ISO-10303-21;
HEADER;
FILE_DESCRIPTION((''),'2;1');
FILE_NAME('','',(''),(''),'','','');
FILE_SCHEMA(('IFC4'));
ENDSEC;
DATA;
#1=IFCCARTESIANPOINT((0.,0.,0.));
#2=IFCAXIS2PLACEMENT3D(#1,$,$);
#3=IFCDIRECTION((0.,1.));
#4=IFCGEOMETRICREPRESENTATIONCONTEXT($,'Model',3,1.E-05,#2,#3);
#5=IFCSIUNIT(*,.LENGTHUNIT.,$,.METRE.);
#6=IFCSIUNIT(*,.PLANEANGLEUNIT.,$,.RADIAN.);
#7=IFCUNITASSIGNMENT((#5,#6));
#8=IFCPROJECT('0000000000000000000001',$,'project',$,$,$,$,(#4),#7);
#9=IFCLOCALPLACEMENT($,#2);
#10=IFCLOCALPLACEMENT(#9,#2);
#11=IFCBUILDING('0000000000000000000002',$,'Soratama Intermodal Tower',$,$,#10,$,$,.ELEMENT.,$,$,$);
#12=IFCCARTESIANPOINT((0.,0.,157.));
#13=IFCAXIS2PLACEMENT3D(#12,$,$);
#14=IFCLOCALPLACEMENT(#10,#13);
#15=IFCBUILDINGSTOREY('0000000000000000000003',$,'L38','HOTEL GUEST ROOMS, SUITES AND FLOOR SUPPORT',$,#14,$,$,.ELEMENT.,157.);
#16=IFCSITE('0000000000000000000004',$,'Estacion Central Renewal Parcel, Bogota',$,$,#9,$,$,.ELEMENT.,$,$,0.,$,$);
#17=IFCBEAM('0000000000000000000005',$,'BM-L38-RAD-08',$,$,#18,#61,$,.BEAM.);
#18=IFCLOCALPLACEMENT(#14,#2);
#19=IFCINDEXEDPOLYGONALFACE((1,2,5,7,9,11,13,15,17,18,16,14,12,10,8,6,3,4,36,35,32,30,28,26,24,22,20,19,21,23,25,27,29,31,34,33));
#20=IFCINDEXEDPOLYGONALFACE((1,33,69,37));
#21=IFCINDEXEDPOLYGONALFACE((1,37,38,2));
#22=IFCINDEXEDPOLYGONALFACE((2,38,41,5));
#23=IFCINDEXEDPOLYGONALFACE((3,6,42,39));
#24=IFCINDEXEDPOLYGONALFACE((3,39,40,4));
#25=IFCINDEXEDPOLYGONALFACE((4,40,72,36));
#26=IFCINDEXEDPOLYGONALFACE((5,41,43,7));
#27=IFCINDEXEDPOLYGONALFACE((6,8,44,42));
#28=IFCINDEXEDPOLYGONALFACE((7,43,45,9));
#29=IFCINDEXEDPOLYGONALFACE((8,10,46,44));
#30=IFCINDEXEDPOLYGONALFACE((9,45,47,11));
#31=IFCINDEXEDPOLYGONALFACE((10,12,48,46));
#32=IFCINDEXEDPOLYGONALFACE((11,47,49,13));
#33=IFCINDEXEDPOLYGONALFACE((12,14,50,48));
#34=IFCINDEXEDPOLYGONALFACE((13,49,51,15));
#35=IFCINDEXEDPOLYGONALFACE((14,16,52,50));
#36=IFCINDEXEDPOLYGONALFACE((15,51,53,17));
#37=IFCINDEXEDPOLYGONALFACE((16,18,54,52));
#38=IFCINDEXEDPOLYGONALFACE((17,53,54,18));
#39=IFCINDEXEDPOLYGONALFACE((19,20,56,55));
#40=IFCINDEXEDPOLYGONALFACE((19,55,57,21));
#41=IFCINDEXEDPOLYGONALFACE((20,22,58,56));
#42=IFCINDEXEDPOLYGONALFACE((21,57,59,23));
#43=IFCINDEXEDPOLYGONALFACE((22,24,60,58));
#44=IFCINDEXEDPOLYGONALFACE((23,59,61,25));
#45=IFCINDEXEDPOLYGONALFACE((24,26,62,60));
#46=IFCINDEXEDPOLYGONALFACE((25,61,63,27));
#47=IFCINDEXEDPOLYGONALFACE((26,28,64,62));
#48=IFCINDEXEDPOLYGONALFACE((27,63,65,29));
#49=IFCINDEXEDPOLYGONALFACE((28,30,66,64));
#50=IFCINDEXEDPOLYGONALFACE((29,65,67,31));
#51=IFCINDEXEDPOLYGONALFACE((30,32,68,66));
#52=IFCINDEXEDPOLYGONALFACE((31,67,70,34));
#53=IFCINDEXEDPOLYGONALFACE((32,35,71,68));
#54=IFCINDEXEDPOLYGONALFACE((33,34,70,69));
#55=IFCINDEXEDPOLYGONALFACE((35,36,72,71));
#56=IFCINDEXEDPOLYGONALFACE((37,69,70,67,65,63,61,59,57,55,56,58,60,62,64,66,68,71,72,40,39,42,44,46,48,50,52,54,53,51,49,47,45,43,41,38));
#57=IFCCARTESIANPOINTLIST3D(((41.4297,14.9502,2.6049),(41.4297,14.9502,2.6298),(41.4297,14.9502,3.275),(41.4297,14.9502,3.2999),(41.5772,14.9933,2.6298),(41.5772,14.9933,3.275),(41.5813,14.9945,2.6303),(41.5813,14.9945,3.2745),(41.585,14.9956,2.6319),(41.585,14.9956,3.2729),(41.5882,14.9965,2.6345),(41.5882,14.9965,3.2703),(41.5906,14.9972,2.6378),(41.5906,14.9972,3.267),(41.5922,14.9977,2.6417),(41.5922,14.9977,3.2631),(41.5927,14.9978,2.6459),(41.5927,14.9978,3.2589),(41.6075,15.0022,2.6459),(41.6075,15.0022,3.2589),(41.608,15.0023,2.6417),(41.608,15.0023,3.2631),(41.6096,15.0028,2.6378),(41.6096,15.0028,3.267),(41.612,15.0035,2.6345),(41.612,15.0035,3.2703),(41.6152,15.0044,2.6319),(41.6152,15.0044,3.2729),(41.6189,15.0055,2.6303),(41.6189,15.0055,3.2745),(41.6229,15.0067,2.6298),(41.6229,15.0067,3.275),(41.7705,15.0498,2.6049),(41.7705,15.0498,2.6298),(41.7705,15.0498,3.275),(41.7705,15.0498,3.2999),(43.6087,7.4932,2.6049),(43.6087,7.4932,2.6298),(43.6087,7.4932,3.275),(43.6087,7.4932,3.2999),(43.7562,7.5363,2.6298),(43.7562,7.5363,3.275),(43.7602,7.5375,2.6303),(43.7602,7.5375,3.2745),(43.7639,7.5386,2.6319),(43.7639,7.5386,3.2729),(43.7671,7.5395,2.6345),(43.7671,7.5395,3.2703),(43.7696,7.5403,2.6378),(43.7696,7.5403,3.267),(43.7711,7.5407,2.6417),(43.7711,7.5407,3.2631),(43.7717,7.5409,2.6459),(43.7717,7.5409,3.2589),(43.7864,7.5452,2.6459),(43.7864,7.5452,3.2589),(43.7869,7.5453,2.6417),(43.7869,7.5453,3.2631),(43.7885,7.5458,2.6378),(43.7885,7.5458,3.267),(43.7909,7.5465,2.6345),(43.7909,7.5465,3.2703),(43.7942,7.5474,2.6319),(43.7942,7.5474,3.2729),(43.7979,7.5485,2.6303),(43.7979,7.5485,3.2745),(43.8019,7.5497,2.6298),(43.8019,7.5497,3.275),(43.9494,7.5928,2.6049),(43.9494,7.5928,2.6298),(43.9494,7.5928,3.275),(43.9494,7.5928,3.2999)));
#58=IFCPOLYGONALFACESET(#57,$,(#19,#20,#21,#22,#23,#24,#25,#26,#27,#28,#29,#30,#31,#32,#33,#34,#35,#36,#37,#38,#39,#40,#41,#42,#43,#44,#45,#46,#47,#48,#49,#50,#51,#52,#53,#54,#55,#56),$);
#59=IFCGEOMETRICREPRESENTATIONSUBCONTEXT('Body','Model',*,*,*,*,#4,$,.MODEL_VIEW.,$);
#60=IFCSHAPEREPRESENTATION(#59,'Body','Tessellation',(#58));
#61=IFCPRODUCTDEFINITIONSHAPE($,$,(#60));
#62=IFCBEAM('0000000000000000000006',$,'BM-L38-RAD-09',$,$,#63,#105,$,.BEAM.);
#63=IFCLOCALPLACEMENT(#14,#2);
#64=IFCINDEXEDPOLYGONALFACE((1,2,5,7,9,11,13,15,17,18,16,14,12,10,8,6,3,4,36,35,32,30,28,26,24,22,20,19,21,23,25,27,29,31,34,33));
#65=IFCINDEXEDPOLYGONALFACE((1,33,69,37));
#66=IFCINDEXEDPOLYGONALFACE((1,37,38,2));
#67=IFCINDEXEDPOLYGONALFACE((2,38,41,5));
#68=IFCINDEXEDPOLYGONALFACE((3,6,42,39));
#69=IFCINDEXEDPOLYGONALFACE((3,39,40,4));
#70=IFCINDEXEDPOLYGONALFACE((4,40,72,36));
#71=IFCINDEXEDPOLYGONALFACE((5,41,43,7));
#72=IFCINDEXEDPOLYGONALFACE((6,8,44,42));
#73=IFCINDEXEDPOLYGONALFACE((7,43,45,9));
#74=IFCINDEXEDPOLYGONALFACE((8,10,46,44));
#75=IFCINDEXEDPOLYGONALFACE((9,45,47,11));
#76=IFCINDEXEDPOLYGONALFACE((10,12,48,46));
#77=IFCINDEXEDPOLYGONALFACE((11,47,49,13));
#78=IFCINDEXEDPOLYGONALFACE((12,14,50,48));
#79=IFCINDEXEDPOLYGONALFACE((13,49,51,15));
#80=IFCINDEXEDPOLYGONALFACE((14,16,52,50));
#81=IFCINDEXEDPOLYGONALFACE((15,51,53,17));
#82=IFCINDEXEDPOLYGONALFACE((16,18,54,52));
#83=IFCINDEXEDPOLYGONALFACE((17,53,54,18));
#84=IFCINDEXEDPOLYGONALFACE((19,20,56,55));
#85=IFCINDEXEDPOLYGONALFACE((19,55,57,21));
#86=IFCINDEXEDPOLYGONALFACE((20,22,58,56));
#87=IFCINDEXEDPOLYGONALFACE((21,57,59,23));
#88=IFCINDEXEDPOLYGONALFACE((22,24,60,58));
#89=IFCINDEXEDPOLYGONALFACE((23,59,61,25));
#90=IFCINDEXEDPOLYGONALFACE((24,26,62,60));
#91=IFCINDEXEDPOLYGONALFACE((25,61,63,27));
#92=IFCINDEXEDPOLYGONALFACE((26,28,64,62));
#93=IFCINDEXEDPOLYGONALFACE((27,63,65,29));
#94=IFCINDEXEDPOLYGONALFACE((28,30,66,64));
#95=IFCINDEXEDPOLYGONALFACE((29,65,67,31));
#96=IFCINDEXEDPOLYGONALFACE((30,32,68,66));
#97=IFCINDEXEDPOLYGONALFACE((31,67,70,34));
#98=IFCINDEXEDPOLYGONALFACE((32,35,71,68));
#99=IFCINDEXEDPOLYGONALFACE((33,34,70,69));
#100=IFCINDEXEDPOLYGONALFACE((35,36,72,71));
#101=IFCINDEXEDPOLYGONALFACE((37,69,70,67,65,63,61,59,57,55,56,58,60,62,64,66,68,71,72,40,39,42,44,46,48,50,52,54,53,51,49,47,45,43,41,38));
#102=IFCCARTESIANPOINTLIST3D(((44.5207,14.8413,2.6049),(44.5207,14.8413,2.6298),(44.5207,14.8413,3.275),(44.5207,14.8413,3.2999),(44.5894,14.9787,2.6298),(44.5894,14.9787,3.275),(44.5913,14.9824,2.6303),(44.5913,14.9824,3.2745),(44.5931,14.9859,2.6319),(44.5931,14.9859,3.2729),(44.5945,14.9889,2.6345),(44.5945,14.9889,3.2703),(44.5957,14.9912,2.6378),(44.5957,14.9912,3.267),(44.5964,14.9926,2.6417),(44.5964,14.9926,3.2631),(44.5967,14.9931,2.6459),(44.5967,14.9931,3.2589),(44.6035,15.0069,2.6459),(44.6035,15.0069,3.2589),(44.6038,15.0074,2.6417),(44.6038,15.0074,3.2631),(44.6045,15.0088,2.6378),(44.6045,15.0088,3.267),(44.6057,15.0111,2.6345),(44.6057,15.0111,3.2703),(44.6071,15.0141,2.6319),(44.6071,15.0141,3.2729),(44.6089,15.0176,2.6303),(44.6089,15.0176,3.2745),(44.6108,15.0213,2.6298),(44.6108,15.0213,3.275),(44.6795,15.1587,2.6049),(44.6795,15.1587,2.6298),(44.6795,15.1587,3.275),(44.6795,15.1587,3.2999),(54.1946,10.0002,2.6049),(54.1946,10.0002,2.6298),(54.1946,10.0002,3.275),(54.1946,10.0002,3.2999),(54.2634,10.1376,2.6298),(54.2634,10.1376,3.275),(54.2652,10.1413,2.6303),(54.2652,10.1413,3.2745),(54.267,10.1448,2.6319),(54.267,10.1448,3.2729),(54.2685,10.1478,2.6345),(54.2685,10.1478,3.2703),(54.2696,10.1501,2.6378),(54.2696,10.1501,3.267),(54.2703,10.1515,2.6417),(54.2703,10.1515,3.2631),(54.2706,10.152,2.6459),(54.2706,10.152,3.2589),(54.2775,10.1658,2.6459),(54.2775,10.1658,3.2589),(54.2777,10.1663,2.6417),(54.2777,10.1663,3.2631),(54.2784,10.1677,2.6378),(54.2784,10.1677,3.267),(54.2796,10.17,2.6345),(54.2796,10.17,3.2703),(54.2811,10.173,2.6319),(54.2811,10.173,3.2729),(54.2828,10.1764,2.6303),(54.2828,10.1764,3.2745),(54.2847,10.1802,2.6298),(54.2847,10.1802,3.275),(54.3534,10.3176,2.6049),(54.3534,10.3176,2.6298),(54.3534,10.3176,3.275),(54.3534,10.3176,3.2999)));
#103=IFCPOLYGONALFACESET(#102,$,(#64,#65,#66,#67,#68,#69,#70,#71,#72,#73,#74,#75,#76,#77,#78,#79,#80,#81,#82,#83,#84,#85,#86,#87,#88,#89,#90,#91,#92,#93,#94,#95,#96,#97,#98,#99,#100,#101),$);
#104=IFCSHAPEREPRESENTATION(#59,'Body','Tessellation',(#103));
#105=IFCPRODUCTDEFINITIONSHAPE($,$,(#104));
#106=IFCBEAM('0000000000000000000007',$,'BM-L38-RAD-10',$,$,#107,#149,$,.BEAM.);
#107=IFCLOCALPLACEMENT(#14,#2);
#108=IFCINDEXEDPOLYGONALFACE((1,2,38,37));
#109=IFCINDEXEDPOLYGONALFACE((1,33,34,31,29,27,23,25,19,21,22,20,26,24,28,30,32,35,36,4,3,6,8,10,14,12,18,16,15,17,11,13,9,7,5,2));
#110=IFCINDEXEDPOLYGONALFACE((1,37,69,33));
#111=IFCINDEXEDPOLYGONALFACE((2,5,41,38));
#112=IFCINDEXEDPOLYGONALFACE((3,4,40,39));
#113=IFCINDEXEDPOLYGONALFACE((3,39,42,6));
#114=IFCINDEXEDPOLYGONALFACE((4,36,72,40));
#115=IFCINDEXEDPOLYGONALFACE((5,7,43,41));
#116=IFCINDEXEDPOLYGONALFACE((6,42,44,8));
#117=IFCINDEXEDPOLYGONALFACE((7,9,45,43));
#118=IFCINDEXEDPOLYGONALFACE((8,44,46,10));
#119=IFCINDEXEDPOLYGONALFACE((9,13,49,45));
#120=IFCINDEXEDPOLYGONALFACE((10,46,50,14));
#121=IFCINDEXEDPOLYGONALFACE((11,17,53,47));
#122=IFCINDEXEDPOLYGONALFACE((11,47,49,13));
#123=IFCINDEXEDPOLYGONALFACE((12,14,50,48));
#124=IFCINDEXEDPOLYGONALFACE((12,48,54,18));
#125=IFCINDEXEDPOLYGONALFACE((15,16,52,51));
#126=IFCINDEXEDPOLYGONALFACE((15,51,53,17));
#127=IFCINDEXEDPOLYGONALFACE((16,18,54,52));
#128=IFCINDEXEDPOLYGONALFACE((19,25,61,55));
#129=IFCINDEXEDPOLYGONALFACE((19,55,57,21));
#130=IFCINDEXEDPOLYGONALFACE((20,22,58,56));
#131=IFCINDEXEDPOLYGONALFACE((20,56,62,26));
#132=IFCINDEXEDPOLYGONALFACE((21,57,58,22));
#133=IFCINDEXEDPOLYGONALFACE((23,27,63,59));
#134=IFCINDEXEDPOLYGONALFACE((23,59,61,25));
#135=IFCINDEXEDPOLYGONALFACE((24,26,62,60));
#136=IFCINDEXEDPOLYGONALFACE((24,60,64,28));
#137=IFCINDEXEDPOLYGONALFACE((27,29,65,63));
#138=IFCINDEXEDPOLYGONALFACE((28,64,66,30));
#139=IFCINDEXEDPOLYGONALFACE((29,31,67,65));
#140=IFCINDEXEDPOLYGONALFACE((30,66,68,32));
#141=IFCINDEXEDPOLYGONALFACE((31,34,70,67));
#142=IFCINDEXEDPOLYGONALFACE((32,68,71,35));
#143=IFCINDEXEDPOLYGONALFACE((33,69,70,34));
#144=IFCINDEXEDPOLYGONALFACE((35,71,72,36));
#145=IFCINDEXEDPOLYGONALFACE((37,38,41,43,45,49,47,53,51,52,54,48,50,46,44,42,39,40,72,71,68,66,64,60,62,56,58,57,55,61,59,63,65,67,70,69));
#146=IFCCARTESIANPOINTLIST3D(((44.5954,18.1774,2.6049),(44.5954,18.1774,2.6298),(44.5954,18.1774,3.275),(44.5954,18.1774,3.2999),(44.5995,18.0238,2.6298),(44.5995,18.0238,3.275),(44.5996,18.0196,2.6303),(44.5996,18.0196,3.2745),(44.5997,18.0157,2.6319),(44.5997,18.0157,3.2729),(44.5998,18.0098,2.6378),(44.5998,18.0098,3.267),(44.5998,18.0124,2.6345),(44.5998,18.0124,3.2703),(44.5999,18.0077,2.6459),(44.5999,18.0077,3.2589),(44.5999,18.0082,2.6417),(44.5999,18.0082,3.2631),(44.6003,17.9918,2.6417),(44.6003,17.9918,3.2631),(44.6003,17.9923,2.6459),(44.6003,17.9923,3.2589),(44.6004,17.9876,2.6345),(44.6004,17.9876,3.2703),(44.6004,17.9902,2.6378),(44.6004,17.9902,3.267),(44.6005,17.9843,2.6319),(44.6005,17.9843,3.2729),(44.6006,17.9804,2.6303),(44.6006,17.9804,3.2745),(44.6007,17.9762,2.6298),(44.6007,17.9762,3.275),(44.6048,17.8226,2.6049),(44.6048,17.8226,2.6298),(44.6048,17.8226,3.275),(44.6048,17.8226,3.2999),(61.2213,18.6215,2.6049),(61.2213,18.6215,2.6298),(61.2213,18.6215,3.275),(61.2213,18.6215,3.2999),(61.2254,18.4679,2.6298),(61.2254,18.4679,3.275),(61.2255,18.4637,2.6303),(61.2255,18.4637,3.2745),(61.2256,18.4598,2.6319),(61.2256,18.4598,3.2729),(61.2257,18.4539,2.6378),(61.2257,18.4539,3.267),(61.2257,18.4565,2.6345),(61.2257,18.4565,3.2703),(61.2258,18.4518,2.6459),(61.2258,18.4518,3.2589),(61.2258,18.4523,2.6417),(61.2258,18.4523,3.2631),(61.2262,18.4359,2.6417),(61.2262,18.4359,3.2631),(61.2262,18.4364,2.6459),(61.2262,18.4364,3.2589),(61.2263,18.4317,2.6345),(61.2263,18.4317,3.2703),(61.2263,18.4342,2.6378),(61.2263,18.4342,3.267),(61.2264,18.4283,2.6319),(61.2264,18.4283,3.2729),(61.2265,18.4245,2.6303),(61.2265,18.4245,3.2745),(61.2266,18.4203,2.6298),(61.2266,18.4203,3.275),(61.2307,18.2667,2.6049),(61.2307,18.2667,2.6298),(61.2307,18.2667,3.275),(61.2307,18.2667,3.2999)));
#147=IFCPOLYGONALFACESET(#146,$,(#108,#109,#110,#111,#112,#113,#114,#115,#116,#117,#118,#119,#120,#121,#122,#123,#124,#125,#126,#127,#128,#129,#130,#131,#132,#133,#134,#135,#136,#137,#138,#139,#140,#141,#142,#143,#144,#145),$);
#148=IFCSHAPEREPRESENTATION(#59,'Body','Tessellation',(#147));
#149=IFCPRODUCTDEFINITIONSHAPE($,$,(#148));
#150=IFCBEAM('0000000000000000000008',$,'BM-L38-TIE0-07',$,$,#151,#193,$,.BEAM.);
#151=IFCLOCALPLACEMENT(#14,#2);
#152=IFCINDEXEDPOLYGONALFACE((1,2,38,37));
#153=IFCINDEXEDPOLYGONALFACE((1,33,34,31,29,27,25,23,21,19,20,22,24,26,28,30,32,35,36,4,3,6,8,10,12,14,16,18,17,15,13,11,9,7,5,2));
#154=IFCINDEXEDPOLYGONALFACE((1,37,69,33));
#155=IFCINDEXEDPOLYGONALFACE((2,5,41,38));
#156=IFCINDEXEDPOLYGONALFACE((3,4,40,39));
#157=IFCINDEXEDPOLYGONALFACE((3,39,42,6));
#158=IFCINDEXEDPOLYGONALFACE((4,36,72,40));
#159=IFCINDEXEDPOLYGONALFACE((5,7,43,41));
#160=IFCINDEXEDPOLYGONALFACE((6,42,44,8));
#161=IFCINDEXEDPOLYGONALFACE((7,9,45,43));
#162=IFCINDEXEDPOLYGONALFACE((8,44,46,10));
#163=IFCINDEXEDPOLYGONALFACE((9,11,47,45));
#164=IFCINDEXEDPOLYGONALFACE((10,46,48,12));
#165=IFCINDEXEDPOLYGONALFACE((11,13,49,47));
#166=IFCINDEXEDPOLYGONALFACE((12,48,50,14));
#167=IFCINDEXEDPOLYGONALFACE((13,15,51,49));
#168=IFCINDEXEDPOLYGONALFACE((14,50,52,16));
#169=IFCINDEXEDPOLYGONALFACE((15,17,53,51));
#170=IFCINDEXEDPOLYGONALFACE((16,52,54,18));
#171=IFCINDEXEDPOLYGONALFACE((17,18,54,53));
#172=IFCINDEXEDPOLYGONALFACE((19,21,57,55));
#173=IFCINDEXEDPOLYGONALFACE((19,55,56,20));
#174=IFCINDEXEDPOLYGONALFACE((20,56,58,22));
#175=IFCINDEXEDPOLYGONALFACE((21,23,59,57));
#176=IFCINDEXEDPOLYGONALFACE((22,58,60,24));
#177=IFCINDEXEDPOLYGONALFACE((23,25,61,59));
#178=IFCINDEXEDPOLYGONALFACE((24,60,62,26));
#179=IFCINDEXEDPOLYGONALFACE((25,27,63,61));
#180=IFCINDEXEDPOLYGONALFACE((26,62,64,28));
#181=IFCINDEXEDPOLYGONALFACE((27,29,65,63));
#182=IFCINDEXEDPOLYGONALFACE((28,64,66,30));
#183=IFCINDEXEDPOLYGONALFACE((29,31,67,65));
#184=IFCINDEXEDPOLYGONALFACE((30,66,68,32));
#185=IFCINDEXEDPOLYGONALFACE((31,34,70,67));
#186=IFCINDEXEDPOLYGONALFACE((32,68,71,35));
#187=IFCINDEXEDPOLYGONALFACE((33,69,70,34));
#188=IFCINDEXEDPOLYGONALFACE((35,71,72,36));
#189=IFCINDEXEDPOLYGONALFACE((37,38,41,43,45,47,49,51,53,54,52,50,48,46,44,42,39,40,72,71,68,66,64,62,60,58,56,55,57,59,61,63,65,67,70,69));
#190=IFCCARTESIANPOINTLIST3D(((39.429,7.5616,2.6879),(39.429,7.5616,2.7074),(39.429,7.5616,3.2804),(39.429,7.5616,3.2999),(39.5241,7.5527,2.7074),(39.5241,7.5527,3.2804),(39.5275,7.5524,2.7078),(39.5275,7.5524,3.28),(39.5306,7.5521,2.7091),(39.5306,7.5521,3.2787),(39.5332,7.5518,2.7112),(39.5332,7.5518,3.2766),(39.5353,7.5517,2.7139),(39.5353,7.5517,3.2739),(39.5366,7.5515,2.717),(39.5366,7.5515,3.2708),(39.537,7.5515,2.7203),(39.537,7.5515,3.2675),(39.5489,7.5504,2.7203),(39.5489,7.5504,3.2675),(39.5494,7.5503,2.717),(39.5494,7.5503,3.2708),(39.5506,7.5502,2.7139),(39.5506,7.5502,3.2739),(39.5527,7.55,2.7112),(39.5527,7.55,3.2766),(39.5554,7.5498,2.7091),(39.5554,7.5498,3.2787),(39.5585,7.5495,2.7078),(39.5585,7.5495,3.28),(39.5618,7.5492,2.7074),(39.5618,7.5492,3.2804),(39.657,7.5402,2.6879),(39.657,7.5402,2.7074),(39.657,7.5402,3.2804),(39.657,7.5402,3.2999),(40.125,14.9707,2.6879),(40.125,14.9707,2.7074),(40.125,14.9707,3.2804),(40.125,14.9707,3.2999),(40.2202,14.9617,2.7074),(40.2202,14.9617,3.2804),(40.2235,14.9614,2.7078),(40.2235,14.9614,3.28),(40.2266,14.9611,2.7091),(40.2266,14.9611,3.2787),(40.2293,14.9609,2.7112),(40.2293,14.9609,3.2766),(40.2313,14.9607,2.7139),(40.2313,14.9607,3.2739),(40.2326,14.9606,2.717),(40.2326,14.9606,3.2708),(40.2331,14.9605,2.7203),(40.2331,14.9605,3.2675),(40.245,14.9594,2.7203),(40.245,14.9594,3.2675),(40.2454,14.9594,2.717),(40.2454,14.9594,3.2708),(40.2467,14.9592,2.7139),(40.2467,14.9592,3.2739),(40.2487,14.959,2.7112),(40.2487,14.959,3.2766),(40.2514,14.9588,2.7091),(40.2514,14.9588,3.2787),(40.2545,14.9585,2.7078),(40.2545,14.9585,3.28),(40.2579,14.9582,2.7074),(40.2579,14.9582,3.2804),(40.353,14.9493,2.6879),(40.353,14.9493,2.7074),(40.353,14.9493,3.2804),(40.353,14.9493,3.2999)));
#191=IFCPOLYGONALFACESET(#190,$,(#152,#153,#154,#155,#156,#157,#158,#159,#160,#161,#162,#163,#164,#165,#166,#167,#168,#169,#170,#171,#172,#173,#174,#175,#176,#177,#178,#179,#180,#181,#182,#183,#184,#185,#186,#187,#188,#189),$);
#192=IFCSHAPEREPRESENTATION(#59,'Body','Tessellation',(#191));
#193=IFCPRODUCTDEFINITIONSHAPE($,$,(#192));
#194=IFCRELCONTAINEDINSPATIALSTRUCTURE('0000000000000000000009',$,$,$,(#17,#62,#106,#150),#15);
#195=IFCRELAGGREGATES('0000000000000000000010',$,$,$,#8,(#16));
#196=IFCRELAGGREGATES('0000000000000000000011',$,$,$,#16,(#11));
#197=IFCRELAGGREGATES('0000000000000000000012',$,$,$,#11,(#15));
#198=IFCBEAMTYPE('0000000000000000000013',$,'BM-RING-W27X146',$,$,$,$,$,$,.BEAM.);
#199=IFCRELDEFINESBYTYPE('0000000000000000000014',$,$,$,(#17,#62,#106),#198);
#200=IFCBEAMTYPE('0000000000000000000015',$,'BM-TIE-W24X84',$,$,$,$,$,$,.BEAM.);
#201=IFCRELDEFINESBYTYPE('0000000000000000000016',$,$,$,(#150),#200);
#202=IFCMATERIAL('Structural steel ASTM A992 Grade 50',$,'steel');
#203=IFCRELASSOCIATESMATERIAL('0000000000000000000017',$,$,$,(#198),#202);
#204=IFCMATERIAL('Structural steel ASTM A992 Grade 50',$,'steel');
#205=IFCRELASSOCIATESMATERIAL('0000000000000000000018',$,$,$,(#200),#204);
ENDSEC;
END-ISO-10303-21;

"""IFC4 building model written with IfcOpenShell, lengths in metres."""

from ifc_helpers import new_model, si_unit, direction, frame, origin, origin_2d, place, context, subcontext, project, spatial, i_section, extrude, material, material_profile, profile_set, type_object, element, save


model = new_model("IFC4")

# Units and contexts
model_context = context("Model", 3, precision=1e-05, world=origin(), true_north=direction((0.0, 1.0)))
body_context = subcontext(model_context, "Body", "Model", "MODEL_VIEW")
ifc_project = project(units=[si_unit("LENGTHUNIT", "METRE"), si_unit("PLANEANGLEUNIT", "RADIAN")], contexts=[model_context])

# Site, building, storey
site_placement = place(None, origin())
site = spatial("IfcSite", under=ifc_project, at=site_placement, Name="Estacion Central Renewal Parcel, Bogota", CompositionType="ELEMENT", RefElevation=0.0)
building_placement = place(site_placement, origin())
building = spatial("IfcBuilding", under=site, at=building_placement, Name="Soratama Intermodal Tower", CompositionType="ELEMENT")
storey_placement = place(building_placement, frame((0.0, 0.0, 157.0)))
storey = spatial("IfcBuildingStorey", under=building, at=storey_placement, Name="L38", Description="HOTEL GUEST ROOMS, SUITES AND FLOOR SUPPORT", CompositionType="ELEMENT", Elevation=157.0)

# Beams
ifc_material_1 = material(Name="Structural steel ASTM A992 Grade 50", Category="steel")
ifc_material_profile_1 = material_profile(ifc_material_1, i_section(OverallWidth=0.355, OverallDepth=0.6951, WebThickness=0.0154, FlangeThickness=0.0249, FilletRadius=0.0161, at=origin_2d()), Name="W27X146")
ifc_profile_set_1 = profile_set([ifc_material_profile_1], Name="Structural steel ASTM A992 Grade 50")
beam_type_1 = type_object("IfcBeamType", Name="BM-RING-W27X146", PredefinedType="BEAM", material=ifc_profile_set_1)
beam_1_placement = place(storey_placement, frame((41.6001, 15.0, 2.9524), z_axis=(0.280473, -0.959862, 0.0), x_axis=(0.959862, 0.280473, 0.0)))
element("IfcBeam", 1, at=beam_1_placement, inside=storey, type_object=beam_type_1, Name="BM-L38-RAD-08", PredefinedType="BEAM", context=body_context, shape_type="SweptSolid", body=[
    extrude(i_section(OverallWidth=0.355, OverallDepth=0.6951, WebThickness=0.0154, FlangeThickness=0.0249, FilletRadius=0.0161, at=origin_2d()), origin(), (0.0, 0.0, 1.0), 7.7688),
])
beam_2_placement = place(storey_placement, frame((44.6001, 15.0, 2.9524), z_axis=(0.894274, -0.447521, 0.0), x_axis=(0.447521, 0.894274, 0.0)))
element("IfcBeam", 2, at=beam_2_placement, inside=storey, type_object=beam_type_1, Name="BM-L38-RAD-09", PredefinedType="BEAM", context=body_context, shape_type="SweptSolid", body=[
    extrude(i_section(OverallWidth=0.355, OverallDepth=0.6951, WebThickness=0.0154, FlangeThickness=0.0249, FilletRadius=0.0161, at=origin_2d()), origin(), (0.0, 0.0, 1.0), 10.8176),
])
beam_3_placement = place(storey_placement, frame((44.6001, 18.0, 2.9524), z_axis=(0.999643, 0.026701, 0.0), x_axis=(-0.026701, 0.999643, 0.0)))
element("IfcBeam", 3, at=beam_3_placement, inside=storey, type_object=beam_type_1, Name="BM-L38-RAD-10", PredefinedType="BEAM", context=body_context, shape_type="SweptSolid", body=[
    extrude(i_section(OverallWidth=0.355, OverallDepth=0.6951, WebThickness=0.0154, FlangeThickness=0.0249, FilletRadius=0.0161, at=origin_2d()), origin(), (0.0, 0.0, 1.0), 16.6318),
])
ifc_material_2 = material(Name="Structural steel ASTM A992 Grade 50", Category="steel")
ifc_material_profile_2 = material_profile(ifc_material_2, i_section(OverallWidth=0.229, OverallDepth=0.6121, WebThickness=0.012, FlangeThickness=0.0195, FilletRadius=0.0129, at=origin_2d()), Name="W24X84")
ifc_profile_set_2 = profile_set([ifc_material_profile_2], Name="Structural steel ASTM A992 Grade 50")
beam_type_2 = type_object("IfcBeamType", Name="BM-TIE-W24X84", PredefinedType="BEAM", material=ifc_profile_set_2)
beam_4_placement = place(storey_placement, frame((40.239, 14.96, 2.9939), z_axis=(-0.093535, -0.995616, 0.0), x_axis=(0.995616, -0.093535, 0.0)))
element("IfcBeam", 4, at=beam_4_placement, inside=storey, type_object=beam_type_2, Name="BM-L38-TIE0-07", PredefinedType="BEAM", context=body_context, shape_type="SweptSolid", body=[
    extrude(i_section(OverallWidth=0.229, OverallDepth=0.6121, WebThickness=0.012, FlangeThickness=0.0195, FilletRadius=0.0129, at=origin_2d()), origin(), (0.0, 0.0, 1.0), 7.4417),
])

save(model, "model.ifc")
